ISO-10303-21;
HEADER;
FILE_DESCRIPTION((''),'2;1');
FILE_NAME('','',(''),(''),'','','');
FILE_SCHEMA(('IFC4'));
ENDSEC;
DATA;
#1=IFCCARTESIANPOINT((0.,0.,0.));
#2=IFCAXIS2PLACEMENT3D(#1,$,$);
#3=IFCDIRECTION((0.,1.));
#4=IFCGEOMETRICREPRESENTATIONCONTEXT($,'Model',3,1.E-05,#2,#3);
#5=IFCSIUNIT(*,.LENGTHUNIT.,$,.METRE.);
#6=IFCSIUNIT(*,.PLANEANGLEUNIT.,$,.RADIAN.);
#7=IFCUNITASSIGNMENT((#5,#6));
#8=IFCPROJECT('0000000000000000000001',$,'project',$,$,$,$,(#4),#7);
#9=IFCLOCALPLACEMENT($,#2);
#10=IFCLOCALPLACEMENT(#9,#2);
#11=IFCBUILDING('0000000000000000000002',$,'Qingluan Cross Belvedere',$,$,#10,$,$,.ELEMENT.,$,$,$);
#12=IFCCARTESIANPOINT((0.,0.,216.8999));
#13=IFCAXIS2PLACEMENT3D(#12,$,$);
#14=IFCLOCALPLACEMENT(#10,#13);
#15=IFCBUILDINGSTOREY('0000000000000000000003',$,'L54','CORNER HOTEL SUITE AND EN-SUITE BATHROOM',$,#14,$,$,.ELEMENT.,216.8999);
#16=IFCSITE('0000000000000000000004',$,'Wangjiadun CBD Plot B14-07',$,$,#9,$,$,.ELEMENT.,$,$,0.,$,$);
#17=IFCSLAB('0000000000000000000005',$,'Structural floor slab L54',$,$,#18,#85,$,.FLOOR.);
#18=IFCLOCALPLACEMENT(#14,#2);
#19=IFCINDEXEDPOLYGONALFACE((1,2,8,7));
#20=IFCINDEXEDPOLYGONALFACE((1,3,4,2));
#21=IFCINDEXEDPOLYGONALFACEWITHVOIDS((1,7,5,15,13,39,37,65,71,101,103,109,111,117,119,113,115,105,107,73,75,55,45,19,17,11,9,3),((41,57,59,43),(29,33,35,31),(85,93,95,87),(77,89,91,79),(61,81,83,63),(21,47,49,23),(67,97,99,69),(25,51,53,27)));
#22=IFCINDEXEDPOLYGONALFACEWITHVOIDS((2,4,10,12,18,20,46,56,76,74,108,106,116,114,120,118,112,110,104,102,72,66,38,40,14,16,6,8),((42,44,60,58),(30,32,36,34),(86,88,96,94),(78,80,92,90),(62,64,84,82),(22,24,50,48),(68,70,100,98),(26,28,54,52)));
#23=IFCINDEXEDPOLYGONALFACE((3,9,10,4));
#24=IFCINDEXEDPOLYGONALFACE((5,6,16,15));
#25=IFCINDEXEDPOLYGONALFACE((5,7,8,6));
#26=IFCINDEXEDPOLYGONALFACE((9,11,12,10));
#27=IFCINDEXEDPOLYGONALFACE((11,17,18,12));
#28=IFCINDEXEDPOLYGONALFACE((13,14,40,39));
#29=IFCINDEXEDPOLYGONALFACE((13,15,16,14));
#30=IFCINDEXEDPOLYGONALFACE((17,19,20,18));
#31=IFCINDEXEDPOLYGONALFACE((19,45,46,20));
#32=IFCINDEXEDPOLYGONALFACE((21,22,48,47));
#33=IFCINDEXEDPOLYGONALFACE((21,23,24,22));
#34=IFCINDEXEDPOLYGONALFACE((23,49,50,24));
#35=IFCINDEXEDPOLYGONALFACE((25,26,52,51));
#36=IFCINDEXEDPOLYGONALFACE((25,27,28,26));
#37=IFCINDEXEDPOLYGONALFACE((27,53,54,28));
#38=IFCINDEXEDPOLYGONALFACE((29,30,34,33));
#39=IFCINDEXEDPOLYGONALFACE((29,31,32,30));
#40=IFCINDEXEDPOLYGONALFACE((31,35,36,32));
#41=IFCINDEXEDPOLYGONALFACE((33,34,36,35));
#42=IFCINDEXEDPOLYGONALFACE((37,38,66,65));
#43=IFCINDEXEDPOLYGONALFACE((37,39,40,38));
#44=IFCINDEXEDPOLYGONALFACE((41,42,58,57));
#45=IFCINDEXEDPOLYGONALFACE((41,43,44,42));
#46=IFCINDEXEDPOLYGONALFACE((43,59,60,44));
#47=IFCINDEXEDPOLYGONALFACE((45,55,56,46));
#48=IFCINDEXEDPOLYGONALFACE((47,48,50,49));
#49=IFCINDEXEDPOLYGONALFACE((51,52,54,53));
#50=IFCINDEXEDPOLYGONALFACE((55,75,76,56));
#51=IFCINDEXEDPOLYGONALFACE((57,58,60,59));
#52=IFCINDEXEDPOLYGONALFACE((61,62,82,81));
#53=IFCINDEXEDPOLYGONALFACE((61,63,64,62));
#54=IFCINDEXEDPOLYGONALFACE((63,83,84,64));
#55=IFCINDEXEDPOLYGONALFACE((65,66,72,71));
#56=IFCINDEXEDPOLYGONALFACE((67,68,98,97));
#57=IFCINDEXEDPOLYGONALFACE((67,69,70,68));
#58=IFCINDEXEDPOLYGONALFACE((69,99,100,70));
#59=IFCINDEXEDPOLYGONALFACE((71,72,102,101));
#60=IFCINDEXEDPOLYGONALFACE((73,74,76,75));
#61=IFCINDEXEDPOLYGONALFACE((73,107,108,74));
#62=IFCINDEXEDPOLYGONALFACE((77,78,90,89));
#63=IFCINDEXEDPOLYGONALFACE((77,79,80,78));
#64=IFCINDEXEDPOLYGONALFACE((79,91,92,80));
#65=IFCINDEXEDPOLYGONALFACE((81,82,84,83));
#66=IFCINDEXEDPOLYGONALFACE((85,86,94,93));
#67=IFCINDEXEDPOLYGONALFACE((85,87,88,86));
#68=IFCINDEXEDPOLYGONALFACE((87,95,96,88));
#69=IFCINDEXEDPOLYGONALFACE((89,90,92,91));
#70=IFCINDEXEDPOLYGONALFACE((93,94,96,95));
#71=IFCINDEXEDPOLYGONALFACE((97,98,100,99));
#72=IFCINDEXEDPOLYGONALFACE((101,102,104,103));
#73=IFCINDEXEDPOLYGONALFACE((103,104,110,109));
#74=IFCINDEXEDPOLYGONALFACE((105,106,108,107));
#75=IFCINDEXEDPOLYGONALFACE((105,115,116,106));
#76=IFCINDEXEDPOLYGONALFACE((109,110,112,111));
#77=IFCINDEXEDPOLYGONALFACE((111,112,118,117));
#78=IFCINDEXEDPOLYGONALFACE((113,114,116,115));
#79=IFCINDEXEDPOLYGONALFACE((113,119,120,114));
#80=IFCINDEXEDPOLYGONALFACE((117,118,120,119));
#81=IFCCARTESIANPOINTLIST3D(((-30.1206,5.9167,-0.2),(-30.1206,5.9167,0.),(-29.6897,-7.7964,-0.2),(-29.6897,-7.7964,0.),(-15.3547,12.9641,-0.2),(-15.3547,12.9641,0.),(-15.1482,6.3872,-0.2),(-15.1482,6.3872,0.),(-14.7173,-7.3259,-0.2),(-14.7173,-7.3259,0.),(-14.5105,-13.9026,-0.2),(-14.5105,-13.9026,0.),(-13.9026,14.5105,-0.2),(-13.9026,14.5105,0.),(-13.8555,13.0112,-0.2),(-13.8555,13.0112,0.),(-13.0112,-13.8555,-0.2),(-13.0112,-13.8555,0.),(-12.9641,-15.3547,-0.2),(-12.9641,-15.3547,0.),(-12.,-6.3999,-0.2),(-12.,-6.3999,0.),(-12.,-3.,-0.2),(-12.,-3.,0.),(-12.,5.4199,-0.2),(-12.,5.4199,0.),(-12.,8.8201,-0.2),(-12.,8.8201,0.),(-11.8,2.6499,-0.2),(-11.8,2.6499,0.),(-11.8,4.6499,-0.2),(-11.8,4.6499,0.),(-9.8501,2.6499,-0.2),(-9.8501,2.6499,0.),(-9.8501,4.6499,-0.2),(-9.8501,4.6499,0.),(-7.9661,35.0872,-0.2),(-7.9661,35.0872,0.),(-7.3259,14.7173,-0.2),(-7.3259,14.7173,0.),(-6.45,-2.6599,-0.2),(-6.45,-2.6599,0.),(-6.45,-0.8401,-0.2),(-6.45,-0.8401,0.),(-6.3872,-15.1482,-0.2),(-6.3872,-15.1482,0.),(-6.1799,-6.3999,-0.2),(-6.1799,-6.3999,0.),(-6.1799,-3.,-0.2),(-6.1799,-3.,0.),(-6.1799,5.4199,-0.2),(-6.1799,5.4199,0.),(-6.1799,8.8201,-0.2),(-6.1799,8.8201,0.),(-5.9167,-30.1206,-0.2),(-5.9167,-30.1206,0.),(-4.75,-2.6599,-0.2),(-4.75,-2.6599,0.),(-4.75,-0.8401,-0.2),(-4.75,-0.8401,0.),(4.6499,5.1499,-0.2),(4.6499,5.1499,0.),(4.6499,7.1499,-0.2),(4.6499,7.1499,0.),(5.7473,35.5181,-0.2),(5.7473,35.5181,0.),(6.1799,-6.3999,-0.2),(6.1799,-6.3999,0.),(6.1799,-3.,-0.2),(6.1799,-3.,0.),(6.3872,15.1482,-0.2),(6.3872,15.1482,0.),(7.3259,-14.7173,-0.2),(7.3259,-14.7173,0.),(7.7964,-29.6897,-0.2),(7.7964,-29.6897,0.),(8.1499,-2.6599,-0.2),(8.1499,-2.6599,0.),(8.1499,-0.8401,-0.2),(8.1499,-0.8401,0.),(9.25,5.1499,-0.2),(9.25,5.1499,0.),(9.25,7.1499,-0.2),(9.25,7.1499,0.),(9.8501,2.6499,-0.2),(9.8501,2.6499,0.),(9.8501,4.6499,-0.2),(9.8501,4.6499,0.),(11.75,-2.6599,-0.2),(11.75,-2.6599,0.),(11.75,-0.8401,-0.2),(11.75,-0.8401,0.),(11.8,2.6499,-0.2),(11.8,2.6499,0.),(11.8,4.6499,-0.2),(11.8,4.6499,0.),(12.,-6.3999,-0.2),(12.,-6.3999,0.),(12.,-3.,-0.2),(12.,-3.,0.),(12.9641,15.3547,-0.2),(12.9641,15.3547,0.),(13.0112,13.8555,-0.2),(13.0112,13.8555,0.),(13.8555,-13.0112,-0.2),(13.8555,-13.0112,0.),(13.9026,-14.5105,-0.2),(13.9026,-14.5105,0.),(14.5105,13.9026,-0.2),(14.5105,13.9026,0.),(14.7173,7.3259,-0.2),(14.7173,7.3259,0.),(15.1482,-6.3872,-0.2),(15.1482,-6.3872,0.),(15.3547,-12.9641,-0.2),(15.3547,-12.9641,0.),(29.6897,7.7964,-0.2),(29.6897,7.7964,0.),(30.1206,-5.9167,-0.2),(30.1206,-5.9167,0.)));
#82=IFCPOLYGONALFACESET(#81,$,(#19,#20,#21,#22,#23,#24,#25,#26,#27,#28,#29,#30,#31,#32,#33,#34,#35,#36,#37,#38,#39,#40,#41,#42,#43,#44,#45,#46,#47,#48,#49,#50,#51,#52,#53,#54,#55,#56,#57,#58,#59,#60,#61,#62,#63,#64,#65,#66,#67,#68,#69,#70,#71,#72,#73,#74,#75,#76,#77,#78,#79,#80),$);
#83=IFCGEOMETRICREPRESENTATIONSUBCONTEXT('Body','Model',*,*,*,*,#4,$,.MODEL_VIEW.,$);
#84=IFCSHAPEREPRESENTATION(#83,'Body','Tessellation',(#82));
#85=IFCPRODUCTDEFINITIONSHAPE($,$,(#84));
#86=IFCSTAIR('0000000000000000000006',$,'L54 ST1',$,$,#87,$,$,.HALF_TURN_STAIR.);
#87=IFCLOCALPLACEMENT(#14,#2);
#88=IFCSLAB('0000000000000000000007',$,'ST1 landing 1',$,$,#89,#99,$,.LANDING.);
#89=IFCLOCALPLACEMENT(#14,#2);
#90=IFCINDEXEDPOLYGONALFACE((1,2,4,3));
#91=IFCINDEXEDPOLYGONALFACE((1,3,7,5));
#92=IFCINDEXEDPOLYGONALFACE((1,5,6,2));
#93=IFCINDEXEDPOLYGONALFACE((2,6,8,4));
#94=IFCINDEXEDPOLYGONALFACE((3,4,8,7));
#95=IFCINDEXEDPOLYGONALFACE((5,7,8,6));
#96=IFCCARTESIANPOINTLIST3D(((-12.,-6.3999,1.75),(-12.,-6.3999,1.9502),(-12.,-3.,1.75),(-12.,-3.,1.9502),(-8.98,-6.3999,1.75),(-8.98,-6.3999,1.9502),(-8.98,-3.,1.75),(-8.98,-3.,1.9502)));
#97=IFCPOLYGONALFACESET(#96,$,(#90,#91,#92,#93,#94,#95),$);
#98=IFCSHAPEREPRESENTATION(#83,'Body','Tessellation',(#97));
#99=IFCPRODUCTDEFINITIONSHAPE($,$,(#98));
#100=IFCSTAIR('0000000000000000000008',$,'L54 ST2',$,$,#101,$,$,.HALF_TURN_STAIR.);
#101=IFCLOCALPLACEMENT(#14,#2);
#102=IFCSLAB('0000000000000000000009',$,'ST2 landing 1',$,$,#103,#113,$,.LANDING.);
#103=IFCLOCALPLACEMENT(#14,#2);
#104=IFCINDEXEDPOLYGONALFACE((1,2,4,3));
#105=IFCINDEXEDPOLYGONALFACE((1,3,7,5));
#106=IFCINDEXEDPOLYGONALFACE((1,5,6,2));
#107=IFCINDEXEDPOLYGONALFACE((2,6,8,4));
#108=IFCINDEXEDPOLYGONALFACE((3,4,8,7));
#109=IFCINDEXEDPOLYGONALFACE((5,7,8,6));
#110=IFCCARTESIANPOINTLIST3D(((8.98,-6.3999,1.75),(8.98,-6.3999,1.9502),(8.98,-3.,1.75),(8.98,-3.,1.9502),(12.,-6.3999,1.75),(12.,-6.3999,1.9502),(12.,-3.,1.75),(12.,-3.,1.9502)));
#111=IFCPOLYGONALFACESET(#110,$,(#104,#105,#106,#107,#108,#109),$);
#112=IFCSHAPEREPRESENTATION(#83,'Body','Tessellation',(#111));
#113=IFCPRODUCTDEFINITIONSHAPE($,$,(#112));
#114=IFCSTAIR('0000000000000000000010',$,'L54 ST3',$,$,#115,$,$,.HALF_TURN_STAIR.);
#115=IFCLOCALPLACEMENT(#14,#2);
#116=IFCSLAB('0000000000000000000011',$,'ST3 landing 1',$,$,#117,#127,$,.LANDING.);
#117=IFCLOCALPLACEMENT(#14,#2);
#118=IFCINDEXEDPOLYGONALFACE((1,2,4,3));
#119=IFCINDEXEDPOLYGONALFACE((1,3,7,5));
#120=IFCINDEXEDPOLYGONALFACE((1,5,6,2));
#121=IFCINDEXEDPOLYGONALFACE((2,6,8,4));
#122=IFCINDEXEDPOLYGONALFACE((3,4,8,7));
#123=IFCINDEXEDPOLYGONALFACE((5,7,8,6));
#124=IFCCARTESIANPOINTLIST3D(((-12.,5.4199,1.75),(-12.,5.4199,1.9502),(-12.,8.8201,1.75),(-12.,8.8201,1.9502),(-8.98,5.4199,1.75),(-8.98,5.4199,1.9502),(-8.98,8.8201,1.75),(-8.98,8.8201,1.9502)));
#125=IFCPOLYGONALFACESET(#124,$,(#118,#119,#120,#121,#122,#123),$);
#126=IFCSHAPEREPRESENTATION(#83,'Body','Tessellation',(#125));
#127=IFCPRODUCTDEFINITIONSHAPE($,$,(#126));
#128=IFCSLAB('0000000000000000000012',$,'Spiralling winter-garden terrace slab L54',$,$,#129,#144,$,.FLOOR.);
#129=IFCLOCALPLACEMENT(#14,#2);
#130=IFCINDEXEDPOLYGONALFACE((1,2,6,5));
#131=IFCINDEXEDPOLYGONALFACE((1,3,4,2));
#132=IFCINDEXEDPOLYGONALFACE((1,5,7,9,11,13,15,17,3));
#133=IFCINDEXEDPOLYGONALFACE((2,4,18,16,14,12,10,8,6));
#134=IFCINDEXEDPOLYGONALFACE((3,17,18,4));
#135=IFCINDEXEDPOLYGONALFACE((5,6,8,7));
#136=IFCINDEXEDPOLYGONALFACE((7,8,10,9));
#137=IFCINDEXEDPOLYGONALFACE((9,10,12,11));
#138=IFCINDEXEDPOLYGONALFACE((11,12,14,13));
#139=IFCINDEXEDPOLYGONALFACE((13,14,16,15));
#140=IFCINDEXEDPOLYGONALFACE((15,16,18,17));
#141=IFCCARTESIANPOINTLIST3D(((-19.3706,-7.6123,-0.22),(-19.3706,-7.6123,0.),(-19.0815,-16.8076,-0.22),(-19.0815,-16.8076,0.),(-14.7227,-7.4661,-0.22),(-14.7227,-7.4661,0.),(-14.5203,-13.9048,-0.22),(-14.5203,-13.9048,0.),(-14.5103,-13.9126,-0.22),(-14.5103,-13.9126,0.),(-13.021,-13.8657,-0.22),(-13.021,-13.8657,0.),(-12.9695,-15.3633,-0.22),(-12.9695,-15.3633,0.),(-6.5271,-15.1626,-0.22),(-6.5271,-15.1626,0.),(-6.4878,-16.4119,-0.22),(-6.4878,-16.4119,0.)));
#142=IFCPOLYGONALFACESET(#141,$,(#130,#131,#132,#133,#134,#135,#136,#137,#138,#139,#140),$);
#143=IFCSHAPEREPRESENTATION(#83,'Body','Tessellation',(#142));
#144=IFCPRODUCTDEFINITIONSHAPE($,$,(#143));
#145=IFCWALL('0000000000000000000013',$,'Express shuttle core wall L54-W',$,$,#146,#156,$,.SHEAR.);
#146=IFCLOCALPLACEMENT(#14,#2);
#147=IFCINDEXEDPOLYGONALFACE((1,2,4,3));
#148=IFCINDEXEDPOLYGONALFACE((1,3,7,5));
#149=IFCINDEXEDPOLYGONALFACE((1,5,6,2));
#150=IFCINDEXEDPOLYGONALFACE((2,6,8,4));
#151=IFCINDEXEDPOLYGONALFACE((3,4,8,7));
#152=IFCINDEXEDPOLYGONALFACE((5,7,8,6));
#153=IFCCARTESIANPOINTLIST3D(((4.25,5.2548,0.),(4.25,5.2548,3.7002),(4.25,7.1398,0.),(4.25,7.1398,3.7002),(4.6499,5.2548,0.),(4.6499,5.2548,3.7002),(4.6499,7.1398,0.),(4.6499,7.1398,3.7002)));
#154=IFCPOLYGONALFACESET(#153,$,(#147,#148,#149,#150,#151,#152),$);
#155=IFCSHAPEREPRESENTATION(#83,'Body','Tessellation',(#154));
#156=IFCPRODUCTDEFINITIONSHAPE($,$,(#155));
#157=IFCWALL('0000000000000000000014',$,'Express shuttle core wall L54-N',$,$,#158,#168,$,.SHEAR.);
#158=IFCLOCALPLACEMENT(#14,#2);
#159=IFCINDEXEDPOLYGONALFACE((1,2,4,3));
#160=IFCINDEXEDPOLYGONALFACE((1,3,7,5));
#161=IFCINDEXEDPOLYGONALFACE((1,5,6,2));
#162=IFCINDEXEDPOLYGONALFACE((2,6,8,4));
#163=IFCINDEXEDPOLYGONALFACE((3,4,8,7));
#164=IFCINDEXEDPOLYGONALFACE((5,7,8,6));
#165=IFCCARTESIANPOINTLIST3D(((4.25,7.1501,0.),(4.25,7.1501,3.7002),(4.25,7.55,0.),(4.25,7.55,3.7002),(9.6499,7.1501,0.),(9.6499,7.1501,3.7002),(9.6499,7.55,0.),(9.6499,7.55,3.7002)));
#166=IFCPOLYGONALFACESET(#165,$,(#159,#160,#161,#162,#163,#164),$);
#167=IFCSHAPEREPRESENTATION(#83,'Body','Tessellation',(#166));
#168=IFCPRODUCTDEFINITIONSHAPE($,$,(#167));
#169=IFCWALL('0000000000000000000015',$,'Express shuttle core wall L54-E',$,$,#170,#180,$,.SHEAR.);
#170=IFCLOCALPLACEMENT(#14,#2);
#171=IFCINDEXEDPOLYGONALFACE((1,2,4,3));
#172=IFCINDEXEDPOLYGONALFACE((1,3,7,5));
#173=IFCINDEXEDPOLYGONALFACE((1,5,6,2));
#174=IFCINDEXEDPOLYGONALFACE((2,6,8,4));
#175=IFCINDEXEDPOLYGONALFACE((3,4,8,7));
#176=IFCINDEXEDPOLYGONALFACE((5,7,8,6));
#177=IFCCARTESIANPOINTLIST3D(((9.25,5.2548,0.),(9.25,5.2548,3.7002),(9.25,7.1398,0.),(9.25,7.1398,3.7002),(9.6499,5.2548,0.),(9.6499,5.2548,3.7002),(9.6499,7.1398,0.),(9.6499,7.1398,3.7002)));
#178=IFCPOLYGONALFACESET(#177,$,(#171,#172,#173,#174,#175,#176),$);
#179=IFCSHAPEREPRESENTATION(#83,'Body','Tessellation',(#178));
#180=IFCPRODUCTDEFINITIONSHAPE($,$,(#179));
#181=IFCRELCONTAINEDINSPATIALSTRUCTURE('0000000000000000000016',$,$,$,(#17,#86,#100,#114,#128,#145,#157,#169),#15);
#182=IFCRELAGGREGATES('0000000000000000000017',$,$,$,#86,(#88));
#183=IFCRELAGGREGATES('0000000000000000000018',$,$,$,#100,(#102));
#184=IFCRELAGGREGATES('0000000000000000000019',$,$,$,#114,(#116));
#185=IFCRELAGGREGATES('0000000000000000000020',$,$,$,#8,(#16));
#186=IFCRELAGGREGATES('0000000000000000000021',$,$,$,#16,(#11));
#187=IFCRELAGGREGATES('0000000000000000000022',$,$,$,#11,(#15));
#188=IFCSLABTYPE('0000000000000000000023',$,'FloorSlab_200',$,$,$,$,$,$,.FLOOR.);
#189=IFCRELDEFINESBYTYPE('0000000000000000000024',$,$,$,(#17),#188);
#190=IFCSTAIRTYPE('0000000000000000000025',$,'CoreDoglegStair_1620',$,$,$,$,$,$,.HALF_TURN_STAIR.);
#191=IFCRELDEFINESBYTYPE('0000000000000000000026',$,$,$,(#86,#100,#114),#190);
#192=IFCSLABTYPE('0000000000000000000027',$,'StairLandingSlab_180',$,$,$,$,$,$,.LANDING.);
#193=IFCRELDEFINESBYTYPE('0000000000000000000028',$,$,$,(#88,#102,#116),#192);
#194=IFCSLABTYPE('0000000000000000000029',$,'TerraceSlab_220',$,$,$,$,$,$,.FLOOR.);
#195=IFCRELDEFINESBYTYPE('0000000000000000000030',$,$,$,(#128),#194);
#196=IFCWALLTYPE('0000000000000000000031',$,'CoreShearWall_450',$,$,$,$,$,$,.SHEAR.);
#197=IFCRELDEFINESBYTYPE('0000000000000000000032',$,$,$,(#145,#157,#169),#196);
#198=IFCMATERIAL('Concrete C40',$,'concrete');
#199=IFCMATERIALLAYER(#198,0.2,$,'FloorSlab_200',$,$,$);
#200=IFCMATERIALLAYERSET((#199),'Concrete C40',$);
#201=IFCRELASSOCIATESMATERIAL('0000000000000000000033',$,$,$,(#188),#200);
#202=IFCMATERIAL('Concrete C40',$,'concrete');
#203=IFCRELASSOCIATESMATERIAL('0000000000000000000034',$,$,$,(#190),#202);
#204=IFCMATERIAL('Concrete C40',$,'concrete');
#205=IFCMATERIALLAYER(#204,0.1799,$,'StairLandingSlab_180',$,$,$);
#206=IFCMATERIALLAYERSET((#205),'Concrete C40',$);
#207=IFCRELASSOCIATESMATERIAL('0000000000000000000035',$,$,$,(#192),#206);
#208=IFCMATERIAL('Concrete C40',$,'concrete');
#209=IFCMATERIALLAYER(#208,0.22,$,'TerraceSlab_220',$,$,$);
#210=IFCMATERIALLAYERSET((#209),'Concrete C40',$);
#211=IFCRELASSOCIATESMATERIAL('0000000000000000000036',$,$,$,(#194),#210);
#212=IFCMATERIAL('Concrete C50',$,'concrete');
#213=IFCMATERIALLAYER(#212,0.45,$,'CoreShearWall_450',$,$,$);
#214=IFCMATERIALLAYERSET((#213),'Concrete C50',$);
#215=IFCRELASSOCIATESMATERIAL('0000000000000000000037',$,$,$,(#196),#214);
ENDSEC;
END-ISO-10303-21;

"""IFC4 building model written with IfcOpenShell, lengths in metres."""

from ifc_helpers import new_model, si_unit, direction, frame, frame_2d, origin, place, context, subcontext, project, spatial, polyline, rectangle, outline, extrude, material, layer, layer_set, type_object, element, aggregate, save


model = new_model("IFC4")

# Units and contexts
model_context = context("Model", 3, precision=1e-05, world=origin(), true_north=direction((0.0, 1.0)))
body_context = subcontext(model_context, "Body", "Model", "MODEL_VIEW")
ifc_project = project(units=[si_unit("LENGTHUNIT", "METRE"), si_unit("PLANEANGLEUNIT", "RADIAN")], contexts=[model_context])

# Site, building, storey
site_placement = place(None, origin())
site = spatial("IfcSite", under=ifc_project, at=site_placement, Name="Wangjiadun CBD Plot B14-07", CompositionType="ELEMENT", RefElevation=0.0)
building_placement = place(site_placement, origin())
building = spatial("IfcBuilding", under=site, at=building_placement, Name="Qingluan Cross Belvedere", CompositionType="ELEMENT")
storey_placement = place(building_placement, frame((0.0, 0.0, 216.8999)))
storey = spatial("IfcBuildingStorey", under=building, at=storey_placement, Name="L54", Description="CORNER HOTEL SUITE AND EN-SUITE BATHROOM", CompositionType="ELEMENT", Elevation=216.8999)

# Slab
ifc_material_1 = material(Name="Concrete C40", Category="concrete")
ifc_layer_1 = layer(ifc_material_1, 0.2, Name="FloorSlab_200")
ifc_layer_set_1 = layer_set([ifc_layer_1], Name="Concrete C40")
slab_type_1 = type_object("IfcSlabType", Name="FloorSlab_200", PredefinedType="FLOOR", material=ifc_layer_set_1)
slab_1_placement = place(storey_placement, frame((0.0, 0.0, -0.2)))
element("IfcSlab", 1, at=slab_1_placement, inside=storey, type_object=slab_type_1, Name="Structural floor slab L54", PredefinedType="FLOOR", context=body_context, shape_type="SweptSolid", body=[
    extrude(outline(polyline([(7.7964, -29.6897), (7.3259, -14.7173), (13.9026, -14.5105), (13.8555, -13.0112), (15.3547, -12.9641), (15.1482, -6.3872), (30.1206, -5.9167), (29.6897, 7.7964), (14.7173, 7.3259), (14.5105, 13.9026), (13.0112, 13.8555), (12.9641, 15.3547), (6.3872, 15.1482), (5.7473, 35.5181), (-7.9661, 35.0872), (-7.3259, 14.7173), (-13.9026, 14.5105), (-13.8555, 13.0112), (-15.3547, 12.9641), (-15.1482, 6.3872), (-30.1206, 5.9167), (-29.6897, -7.7964), (-14.7173, -7.3259), (-14.5105, -13.9026), (-13.0112, -13.8555), (-12.9641, -15.3547), (-6.3872, -15.1482), (-5.9167, -30.1206), (7.7964, -29.6897)]), holes=[polyline([(-12.0, -3.0), (-6.1799, -3.0), (-6.1799, -6.3999), (-12.0, -6.3999), (-12.0, -3.0)]), polyline([(6.1799, -3.0), (12.0, -3.0), (12.0, -6.3999), (6.1799, -6.3999), (6.1799, -3.0)]), polyline([(-12.0, 8.8201), (-6.1799, 8.8201), (-6.1799, 5.4199), (-12.0, 5.4199), (-12.0, 8.8201)]), polyline([(-11.8, 4.6499), (-9.8501, 4.6499), (-9.8501, 2.6499), (-11.8, 2.6499), (-11.8, 4.6499)]), polyline([(9.8501, 4.6499), (11.8, 4.6499), (11.8, 2.6499), (9.8501, 2.6499), (9.8501, 4.6499)]), polyline([(-6.45, -0.8401), (-4.75, -0.8401), (-4.75, -2.6599), (-6.45, -2.6599), (-6.45, -0.8401)]), polyline([(8.1499, -0.8401), (11.75, -0.8401), (11.75, -2.6599), (8.1499, -2.6599), (8.1499, -0.8401)]), polyline([(4.6499, 7.1499), (9.25, 7.1499), (9.25, 5.1499), (4.6499, 5.1499), (4.6499, 7.1499)])]), origin(), (0.0, 0.0, 1.0), 0.2),
])

# Stairs, slabs
ifc_material_2 = material(Name="Concrete C40", Category="concrete")
stair_type = type_object("IfcStairType", Name="CoreDoglegStair_1620", PredefinedType="HALF_TURN_STAIR", material=ifc_material_2)
stair_1_placement = place(storey_placement, origin())
stair_1 = element("IfcStair", 2, at=stair_1_placement, inside=storey, type_object=stair_type, Name="L54 ST1", PredefinedType="HALF_TURN_STAIR")
ifc_material_3 = material(Name="Concrete C40", Category="concrete")
ifc_layer_2 = layer(ifc_material_3, 0.1799, Name="StairLandingSlab_180")
ifc_layer_set_2 = layer_set([ifc_layer_2], Name="Concrete C40")
slab_type_2 = type_object("IfcSlabType", Name="StairLandingSlab_180", PredefinedType="LANDING", material=ifc_layer_set_2)
slab_2_placement = place(storey_placement, frame((0.0, 0.0, 1.75)))
slab_2 = element("IfcSlab", 3, at=slab_2_placement, type_object=slab_type_2, Name="ST1 landing 1", PredefinedType="LANDING", context=body_context, shape_type="SweptSolid", body=[
    extrude(outline(polyline([(-8.98, -3.0), (-12.0, -3.0), (-12.0, -6.3999), (-8.98, -6.3999), (-8.98, -3.0)])), origin(), (0.0, 0.0, 1.0), 0.2002),
])
aggregate(stair_1, [slab_2])
stair_2_placement = place(storey_placement, origin())
stair_2 = element("IfcStair", 4, at=stair_2_placement, inside=storey, type_object=stair_type, Name="L54 ST2", PredefinedType="HALF_TURN_STAIR")
slab_3_placement = place(storey_placement, frame((0.0, 0.0, 1.75)))
slab_3 = element("IfcSlab", 5, at=slab_3_placement, type_object=slab_type_2, Name="ST2 landing 1", PredefinedType="LANDING", context=body_context, shape_type="SweptSolid", body=[
    extrude(outline(polyline([(8.98, -6.3999), (12.0, -6.3999), (12.0, -3.0), (8.98, -3.0), (8.98, -6.3999)])), origin(), (0.0, 0.0, 1.0), 0.2002),
])
aggregate(stair_2, [slab_3])
stair_3_placement = place(storey_placement, origin())
stair_3 = element("IfcStair", 6, at=stair_3_placement, inside=storey, type_object=stair_type, Name="L54 ST3", PredefinedType="HALF_TURN_STAIR")
slab_4_placement = place(storey_placement, frame((0.0, 0.0, 1.75)))
slab_4 = element("IfcSlab", 7, at=slab_4_placement, type_object=slab_type_2, Name="ST3 landing 1", PredefinedType="LANDING", context=body_context, shape_type="SweptSolid", body=[
    extrude(outline(polyline([(-8.98, 8.8201), (-12.0, 8.8201), (-12.0, 5.4199), (-8.98, 5.4199), (-8.98, 8.8201)])), origin(), (0.0, 0.0, 1.0), 0.2002),
])
aggregate(stair_3, [slab_4])

# Slab
ifc_material_4 = material(Name="Concrete C40", Category="concrete")
ifc_layer_3 = layer(ifc_material_4, 0.22, Name="TerraceSlab_220")
ifc_layer_set_3 = layer_set([ifc_layer_3], Name="Concrete C40")
slab_type_3 = type_object("IfcSlabType", Name="TerraceSlab_220", PredefinedType="FLOOR", material=ifc_layer_set_3)
slab_5_placement = place(storey_placement, frame((0.0, 0.0, -0.22)))
element("IfcSlab", 8, at=slab_5_placement, inside=storey, type_object=slab_type_3, Name="Spiralling winter-garden terrace slab L54", PredefinedType="FLOOR", context=body_context, shape_type="SweptSolid", body=[
    extrude(outline(polyline([(-6.5271, -15.1626), (-12.9695, -15.3633), (-13.021, -13.8657), (-14.5103, -13.9126), (-14.5203, -13.9048), (-14.7227, -7.4661), (-19.3706, -7.6123), (-19.0815, -16.8076), (-6.4878, -16.4119), (-6.5271, -15.1626)])), origin(), (0.0, 0.0, 1.0), 0.22),
])

# Walls
ifc_material_5 = material(Name="Concrete C50", Category="concrete")
ifc_layer_4 = layer(ifc_material_5, 0.45, Name="CoreShearWall_450")
ifc_layer_set_4 = layer_set([ifc_layer_4], Name="Concrete C50")
wall_type_1 = type_object("IfcWallType", Name="CoreShearWall_450", PredefinedType="SHEAR", material=ifc_layer_set_4)
wall_1_placement = place(storey_placement, frame((4.45, 5.2549, 0.0), z_axis=(0.0, 0.0, 1.0), x_axis=(0.0, 1.0, 0.0)))
element("IfcWall", 9, at=wall_1_placement, inside=storey, type_object=wall_type_1, Name="Express shuttle core wall L54-W", PredefinedType="SHEAR", context=body_context, shape_type="SweptSolid", body=[
    extrude(rectangle(XDim=1.885, YDim=0.3999, at=frame_2d((0.9424, 0.0))), origin(), (0.0, 0.0, 1.0), 3.7002),
])
wall_2_placement = place(storey_placement, frame((4.25, 7.3501, 0.0), z_axis=(0.0, 0.0, 1.0), x_axis=(1.0, 0.0, 0.0)))
element("IfcWall", 10, at=wall_2_placement, inside=storey, type_object=wall_type_1, Name="Express shuttle core wall L54-N", PredefinedType="SHEAR", context=body_context, shape_type="SweptSolid", body=[
    extrude(rectangle(XDim=5.3999, YDim=0.3999, at=frame_2d((2.7, 0.0))), origin(), (0.0, 0.0, 1.0), 3.7002),
])
wall_3_placement = place(storey_placement, frame((9.45, 5.2549, 0.0), z_axis=(0.0, 0.0, 1.0), x_axis=(0.0, 1.0, 0.0)))
element("IfcWall", 11, at=wall_3_placement, inside=storey, type_object=wall_type_1, Name="Express shuttle core wall L54-E", PredefinedType="SHEAR", context=body_context, shape_type="SweptSolid", body=[
    extrude(rectangle(XDim=1.885, YDim=0.3999, at=frame_2d((0.9424, 0.0))), origin(), (0.0, 0.0, 1.0), 3.7002),
])

save(model, "model.ifc")
